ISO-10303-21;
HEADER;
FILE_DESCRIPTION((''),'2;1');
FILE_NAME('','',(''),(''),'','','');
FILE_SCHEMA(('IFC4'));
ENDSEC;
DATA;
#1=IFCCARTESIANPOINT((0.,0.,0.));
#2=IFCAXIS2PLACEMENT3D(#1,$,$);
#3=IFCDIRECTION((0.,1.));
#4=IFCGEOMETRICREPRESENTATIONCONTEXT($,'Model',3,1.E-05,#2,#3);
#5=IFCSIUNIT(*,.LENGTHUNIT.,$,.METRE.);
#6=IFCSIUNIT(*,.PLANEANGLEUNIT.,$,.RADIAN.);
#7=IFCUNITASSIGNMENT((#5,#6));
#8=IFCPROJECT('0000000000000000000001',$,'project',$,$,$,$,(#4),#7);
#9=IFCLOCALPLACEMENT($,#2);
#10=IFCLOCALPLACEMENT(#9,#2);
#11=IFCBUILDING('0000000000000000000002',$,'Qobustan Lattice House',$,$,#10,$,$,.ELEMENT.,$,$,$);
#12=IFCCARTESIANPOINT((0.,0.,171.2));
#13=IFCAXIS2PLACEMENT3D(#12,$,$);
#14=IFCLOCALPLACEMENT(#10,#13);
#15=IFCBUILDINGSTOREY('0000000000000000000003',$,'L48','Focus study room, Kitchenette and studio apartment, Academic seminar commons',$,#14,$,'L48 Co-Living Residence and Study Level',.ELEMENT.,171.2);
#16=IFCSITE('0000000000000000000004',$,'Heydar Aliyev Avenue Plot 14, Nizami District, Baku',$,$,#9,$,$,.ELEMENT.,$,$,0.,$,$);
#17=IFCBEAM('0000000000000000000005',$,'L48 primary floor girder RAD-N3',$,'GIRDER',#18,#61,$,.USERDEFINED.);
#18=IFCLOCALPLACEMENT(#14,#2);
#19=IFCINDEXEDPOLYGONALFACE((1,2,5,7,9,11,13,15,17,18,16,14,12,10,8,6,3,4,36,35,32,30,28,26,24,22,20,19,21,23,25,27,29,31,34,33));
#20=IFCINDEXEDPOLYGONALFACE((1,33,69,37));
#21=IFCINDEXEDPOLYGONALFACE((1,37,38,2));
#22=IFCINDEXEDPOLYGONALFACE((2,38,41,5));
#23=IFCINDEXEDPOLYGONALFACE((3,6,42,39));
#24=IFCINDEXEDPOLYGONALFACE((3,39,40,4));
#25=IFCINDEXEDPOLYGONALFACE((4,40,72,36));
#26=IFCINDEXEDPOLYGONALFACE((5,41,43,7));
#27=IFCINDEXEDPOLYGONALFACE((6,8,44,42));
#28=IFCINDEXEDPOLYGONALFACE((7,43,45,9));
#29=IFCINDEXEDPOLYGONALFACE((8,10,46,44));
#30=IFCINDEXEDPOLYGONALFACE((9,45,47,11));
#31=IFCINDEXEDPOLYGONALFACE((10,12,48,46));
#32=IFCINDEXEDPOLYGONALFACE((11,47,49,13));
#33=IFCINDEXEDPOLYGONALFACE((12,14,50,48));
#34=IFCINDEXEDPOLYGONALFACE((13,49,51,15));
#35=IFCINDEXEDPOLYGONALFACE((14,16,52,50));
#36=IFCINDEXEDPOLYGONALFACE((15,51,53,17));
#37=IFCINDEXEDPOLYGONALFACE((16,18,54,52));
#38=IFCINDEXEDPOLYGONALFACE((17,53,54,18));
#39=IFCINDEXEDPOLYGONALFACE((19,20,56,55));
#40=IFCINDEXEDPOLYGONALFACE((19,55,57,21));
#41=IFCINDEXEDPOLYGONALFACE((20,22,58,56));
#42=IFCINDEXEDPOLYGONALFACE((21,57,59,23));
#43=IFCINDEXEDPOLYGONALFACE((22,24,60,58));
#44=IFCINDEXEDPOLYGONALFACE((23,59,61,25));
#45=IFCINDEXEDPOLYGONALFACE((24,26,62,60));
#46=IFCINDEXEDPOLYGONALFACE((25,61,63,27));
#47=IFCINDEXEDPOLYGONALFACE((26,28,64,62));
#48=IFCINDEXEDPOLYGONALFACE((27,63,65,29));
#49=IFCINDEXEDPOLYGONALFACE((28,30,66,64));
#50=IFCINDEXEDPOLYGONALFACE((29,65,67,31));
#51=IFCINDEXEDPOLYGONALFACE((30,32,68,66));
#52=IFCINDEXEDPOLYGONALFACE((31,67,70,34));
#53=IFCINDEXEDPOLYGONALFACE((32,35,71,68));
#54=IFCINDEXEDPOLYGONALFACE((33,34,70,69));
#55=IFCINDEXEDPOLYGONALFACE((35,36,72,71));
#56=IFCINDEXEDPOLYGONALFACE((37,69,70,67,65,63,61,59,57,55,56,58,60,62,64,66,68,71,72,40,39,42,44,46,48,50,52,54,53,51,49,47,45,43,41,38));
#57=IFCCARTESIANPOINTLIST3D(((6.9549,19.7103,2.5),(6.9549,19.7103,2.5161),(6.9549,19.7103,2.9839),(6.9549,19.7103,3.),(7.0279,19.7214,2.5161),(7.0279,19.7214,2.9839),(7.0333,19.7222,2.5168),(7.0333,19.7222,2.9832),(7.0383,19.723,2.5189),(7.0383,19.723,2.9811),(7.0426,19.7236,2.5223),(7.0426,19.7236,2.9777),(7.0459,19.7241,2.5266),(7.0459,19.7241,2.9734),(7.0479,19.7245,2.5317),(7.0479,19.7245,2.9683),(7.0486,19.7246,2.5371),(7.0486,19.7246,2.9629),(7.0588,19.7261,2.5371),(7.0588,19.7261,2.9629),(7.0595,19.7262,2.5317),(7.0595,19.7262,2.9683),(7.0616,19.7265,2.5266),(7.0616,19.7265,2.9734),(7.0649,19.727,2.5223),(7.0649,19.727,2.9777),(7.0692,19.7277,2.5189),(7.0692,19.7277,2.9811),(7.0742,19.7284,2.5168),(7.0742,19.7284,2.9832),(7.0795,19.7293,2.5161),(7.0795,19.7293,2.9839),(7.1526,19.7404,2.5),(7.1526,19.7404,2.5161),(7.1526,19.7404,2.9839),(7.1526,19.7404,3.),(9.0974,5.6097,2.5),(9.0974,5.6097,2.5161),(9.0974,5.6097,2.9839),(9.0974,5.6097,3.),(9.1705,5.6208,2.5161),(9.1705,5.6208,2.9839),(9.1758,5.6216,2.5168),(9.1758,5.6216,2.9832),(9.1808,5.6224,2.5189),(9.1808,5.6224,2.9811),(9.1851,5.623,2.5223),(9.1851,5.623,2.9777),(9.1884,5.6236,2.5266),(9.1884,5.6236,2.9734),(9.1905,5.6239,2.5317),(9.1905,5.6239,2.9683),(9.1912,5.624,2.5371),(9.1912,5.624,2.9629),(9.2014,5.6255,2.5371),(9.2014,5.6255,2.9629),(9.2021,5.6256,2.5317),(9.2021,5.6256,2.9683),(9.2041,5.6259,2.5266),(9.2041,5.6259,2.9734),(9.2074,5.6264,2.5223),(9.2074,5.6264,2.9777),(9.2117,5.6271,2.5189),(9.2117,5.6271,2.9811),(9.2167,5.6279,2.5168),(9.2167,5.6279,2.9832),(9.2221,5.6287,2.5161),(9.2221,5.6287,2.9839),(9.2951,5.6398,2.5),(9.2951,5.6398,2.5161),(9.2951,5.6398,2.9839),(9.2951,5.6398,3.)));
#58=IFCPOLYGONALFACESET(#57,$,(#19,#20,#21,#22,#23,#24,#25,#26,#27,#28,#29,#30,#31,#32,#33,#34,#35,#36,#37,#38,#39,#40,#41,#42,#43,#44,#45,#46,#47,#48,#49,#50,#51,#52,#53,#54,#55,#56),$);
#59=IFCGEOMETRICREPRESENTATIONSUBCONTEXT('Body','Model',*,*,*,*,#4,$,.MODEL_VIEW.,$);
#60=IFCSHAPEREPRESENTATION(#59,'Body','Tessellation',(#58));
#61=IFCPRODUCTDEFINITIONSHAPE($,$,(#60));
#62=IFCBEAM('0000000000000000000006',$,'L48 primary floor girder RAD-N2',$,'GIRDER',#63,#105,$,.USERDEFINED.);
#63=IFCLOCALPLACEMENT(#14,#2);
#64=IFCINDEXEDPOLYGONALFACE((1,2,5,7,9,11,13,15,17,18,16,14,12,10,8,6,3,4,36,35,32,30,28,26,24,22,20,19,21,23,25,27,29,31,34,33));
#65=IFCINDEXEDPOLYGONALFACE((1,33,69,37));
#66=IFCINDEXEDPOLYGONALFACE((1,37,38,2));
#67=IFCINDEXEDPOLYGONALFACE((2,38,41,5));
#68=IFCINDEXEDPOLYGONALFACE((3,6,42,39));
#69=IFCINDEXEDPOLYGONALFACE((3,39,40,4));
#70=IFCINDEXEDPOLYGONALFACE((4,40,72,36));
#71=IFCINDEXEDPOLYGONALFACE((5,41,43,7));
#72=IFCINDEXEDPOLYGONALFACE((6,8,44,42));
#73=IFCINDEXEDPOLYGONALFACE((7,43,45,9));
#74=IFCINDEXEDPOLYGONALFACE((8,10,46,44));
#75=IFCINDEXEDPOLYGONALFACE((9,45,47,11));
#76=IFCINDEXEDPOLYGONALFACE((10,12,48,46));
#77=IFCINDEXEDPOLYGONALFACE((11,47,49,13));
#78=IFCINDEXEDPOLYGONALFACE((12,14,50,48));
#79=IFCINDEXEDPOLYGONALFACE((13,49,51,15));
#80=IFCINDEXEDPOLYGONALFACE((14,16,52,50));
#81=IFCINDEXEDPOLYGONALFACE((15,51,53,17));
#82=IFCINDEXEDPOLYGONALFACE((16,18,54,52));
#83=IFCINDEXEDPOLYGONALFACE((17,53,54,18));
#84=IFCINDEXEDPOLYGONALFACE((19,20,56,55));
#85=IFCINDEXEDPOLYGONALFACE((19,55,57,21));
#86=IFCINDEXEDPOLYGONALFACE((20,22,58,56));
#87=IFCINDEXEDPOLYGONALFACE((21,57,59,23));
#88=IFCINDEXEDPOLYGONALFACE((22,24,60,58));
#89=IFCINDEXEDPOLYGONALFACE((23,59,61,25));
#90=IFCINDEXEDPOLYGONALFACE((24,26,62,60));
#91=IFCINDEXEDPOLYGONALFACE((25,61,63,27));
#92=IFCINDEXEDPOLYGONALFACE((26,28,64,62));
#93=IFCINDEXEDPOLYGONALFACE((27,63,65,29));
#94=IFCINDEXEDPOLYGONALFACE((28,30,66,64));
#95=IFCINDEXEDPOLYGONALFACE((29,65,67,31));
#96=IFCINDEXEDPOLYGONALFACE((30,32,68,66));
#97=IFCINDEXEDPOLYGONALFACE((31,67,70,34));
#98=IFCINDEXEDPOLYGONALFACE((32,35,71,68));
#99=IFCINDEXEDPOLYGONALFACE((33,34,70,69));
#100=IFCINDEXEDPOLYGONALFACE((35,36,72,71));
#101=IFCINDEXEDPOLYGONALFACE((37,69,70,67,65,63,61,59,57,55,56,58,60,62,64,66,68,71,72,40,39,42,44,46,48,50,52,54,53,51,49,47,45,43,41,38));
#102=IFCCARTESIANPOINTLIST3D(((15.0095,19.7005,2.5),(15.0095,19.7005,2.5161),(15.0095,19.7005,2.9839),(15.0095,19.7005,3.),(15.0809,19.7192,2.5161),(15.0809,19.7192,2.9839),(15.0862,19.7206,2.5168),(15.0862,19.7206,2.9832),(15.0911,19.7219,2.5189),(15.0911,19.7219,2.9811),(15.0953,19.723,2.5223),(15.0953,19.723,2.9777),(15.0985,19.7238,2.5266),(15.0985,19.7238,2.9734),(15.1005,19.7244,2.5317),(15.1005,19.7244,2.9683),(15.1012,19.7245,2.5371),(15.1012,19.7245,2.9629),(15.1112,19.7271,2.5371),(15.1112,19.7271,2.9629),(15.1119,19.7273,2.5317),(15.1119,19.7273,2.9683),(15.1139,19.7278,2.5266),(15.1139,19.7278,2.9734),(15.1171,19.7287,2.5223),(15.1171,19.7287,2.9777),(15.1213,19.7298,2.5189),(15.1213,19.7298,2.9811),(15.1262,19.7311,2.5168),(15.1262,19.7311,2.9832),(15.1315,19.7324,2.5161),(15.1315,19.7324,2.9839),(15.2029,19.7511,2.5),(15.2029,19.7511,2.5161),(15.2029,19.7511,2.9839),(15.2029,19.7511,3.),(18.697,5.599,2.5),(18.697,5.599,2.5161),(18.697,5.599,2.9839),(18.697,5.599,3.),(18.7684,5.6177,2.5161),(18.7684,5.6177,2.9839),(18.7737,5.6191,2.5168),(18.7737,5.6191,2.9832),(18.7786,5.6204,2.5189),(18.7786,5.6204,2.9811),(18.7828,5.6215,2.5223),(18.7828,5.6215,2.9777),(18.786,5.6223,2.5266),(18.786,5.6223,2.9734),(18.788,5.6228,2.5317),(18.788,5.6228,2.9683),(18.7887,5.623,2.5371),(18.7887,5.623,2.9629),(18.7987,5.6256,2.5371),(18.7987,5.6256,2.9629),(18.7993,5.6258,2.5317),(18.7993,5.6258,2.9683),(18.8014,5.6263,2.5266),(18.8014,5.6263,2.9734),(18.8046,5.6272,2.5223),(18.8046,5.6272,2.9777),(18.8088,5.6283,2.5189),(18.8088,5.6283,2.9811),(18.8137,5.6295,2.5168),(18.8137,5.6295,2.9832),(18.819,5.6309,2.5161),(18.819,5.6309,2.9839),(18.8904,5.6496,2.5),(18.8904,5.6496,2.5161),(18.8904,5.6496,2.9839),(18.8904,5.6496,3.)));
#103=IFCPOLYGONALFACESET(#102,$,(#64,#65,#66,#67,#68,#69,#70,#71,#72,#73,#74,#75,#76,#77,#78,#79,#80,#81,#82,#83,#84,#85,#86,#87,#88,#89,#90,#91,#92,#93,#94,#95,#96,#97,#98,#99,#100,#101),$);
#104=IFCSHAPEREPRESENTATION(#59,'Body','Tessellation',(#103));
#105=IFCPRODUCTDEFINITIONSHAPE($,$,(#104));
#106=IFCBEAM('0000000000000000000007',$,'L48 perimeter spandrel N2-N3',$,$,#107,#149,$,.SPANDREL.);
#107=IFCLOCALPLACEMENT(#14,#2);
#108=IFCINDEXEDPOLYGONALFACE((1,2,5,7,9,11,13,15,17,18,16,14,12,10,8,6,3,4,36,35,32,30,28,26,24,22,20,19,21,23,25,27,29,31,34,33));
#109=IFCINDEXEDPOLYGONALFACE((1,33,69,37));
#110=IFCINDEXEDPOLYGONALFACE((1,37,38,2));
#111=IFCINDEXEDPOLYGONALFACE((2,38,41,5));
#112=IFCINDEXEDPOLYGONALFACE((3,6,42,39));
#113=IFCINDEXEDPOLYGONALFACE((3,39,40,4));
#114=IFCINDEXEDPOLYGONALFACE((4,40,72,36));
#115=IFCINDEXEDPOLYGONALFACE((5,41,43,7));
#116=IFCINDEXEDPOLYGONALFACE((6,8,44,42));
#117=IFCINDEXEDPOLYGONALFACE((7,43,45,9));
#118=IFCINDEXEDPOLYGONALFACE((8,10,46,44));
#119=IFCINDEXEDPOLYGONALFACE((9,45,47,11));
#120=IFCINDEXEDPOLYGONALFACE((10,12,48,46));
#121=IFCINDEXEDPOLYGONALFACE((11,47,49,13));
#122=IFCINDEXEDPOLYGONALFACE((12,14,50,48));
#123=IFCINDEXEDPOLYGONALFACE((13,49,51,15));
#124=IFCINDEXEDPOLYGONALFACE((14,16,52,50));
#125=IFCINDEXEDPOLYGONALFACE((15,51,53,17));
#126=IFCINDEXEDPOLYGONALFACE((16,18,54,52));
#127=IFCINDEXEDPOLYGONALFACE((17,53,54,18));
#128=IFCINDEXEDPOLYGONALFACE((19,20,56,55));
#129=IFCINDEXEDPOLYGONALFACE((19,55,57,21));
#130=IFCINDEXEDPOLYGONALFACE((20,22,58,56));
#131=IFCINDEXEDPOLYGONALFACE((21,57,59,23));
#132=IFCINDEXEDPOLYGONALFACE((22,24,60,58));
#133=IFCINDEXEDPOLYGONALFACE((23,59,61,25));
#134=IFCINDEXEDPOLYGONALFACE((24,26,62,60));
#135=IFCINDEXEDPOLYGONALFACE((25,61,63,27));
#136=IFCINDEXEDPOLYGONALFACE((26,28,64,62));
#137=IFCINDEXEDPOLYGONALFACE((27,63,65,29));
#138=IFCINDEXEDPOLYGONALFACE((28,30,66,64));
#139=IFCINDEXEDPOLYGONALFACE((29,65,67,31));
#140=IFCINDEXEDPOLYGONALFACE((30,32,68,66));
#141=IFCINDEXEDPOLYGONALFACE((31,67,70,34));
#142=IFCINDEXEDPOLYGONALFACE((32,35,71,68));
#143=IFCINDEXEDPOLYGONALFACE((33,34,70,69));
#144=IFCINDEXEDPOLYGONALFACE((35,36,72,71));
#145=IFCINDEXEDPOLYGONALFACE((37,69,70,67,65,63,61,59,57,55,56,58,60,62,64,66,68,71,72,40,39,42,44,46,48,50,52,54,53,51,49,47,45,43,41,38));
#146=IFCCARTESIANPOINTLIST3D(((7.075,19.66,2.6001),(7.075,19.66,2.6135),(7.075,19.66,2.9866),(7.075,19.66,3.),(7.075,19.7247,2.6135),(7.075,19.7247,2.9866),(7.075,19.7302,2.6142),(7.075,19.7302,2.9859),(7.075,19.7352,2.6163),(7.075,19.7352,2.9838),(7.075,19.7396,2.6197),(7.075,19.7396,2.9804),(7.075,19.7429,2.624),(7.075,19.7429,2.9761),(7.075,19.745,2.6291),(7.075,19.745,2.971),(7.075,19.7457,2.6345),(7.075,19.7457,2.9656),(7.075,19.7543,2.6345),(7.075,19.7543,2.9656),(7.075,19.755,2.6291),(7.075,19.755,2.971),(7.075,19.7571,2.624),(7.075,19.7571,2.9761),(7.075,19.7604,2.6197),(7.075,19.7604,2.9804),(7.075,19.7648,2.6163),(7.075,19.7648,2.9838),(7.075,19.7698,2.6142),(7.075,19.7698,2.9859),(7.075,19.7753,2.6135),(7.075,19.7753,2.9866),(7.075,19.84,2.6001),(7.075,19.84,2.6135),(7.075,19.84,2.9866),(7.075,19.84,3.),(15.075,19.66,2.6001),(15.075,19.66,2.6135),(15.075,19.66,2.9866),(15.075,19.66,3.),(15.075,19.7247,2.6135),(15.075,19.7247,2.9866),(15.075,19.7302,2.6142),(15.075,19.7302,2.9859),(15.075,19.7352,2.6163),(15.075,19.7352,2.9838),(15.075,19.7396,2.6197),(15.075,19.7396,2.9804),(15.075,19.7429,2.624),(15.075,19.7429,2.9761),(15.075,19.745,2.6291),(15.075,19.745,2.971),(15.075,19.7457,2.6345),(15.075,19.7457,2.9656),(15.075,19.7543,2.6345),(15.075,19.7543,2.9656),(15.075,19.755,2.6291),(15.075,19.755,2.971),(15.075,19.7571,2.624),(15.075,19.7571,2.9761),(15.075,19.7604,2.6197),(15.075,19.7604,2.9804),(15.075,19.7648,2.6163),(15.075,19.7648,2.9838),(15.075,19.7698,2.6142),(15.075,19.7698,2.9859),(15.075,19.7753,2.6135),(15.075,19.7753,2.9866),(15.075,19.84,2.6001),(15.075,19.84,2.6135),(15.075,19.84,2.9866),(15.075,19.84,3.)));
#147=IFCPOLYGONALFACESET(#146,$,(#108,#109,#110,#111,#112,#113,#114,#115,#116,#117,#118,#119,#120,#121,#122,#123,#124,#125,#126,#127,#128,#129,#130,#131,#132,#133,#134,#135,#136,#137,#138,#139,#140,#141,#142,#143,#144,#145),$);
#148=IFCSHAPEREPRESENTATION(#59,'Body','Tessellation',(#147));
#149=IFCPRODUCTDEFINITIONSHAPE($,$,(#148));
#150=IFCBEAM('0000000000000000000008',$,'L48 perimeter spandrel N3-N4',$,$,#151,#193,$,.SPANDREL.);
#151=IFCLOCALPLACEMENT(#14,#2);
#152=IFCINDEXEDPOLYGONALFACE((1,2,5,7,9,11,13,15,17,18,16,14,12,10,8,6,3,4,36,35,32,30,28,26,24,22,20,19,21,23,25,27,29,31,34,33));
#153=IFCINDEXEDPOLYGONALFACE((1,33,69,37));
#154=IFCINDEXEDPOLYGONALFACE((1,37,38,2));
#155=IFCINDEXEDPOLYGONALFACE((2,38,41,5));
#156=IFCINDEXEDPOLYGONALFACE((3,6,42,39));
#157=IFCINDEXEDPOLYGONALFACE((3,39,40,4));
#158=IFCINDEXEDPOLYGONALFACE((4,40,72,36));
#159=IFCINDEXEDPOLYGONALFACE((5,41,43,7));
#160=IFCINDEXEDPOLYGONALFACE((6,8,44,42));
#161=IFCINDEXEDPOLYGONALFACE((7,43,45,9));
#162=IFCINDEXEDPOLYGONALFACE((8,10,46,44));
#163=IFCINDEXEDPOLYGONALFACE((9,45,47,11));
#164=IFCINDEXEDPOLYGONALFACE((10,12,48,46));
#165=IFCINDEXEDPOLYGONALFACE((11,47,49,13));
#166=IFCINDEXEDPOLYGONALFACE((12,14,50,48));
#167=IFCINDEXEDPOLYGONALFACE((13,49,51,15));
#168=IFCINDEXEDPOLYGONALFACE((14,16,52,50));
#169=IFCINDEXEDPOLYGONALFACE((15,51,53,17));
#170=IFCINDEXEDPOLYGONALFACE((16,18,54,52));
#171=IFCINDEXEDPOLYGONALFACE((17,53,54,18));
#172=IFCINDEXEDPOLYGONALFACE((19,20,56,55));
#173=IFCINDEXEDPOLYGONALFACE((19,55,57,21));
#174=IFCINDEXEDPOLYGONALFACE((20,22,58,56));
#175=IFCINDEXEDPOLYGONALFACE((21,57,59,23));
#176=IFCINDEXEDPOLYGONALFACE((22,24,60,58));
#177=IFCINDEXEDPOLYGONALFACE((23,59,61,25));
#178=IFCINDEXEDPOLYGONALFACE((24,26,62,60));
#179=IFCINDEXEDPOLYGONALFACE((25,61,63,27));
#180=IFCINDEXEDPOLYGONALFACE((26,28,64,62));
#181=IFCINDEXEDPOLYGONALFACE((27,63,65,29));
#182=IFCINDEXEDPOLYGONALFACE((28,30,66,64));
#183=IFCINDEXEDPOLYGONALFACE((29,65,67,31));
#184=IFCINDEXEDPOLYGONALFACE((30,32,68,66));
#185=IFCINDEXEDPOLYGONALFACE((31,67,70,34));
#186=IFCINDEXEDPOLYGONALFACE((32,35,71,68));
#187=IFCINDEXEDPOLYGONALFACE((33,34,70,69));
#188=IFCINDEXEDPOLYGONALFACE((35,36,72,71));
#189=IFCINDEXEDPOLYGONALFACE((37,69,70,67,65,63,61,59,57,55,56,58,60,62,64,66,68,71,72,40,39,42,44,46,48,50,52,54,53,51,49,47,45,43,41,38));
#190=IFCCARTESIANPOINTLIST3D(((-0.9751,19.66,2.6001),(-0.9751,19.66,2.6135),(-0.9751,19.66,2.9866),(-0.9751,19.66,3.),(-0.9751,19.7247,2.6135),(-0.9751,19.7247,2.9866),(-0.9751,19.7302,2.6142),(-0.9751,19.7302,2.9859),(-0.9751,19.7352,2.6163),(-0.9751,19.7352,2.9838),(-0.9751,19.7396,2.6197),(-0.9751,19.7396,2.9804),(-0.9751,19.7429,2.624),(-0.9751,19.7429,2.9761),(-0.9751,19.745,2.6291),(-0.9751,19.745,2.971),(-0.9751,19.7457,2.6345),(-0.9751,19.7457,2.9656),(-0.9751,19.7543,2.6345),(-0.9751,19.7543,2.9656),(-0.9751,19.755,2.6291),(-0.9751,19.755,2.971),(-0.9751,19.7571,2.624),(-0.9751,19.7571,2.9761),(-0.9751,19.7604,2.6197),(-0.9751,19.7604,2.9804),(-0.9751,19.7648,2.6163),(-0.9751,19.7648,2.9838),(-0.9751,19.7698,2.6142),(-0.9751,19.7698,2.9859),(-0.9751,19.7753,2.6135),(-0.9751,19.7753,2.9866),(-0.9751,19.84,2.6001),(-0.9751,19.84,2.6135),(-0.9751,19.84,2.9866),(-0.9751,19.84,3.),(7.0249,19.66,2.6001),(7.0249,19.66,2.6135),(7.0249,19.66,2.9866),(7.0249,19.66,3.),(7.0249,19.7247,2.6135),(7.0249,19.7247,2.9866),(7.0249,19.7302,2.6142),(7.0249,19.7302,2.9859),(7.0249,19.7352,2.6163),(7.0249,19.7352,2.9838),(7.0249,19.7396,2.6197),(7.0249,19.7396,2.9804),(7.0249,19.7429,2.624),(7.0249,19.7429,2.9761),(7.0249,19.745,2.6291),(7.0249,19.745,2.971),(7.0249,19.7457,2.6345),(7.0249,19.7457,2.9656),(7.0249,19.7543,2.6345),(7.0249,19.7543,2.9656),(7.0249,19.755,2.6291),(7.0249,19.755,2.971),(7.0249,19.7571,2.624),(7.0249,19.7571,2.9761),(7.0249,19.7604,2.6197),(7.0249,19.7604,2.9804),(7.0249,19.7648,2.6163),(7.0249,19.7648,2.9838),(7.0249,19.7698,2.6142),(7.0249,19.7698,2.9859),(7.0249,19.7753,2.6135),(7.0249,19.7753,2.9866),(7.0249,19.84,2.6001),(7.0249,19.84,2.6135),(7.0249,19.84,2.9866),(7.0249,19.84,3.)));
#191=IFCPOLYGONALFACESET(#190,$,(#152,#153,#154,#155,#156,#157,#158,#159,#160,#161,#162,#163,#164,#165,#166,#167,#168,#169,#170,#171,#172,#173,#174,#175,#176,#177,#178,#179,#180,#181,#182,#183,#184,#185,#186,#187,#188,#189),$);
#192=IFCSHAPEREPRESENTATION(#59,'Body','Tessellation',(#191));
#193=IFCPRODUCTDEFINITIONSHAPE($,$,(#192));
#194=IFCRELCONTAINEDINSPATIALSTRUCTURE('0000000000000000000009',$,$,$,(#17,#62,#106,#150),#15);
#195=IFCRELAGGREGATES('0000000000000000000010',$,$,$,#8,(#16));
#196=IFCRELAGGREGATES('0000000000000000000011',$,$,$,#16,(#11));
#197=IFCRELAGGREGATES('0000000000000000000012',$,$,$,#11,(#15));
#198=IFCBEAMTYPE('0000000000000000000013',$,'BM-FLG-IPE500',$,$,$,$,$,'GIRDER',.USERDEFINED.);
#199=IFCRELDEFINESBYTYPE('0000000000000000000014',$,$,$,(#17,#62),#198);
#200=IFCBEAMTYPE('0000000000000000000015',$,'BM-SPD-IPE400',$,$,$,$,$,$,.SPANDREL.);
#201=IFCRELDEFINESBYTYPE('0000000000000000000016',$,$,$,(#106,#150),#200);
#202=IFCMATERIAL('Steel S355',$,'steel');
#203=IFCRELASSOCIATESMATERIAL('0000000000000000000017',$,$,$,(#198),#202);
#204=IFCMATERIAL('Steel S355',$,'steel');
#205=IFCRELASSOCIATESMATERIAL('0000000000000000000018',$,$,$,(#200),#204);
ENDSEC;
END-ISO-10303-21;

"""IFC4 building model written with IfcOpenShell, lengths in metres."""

from ifc_helpers import new_model, si_unit, direction, frame, origin, origin_2d, place, context, subcontext, project, spatial, i_section, extrude, material, material_profile, profile_set, type_object, element, save


model = new_model("IFC4")

# Units and contexts
model_context = context("Model", 3, precision=1e-05, world=origin(), true_north=direction((0.0, 1.0)))
body_context = subcontext(model_context, "Body", "Model", "MODEL_VIEW")
ifc_project = project(units=[si_unit("LENGTHUNIT", "METRE"), si_unit("PLANEANGLEUNIT", "RADIAN")], contexts=[model_context])

# Site, building, storey
site_placement = place(None, origin())
site = spatial("IfcSite", under=ifc_project, at=site_placement, Name="Heydar Aliyev Avenue Plot 14, Nizami District, Baku", CompositionType="ELEMENT", RefElevation=0.0)
building_placement = place(site_placement, origin())
building = spatial("IfcBuilding", under=site, at=building_placement, Name="Qobustan Lattice House", CompositionType="ELEMENT")
storey_placement = place(building_placement, frame((0.0, 0.0, 171.2)))
storey = spatial("IfcBuildingStorey", under=building, at=storey_placement, Name="L48", Description="Focus study room, Kitchenette and studio apartment, Academic seminar commons", LongName="L48 Co-Living Residence and Study Level", CompositionType="ELEMENT", Elevation=171.2)

# Beams
ifc_material_1 = material(Name="Steel S355", Category="steel")
ifc_material_profile_1 = material_profile(ifc_material_1, i_section(OverallWidth=0.2, OverallDepth=0.5, WebThickness=0.0103, FlangeThickness=0.0161, FilletRadius=0.021, at=origin_2d()), Name="IPE500")
ifc_profile_set_1 = profile_set([ifc_material_profile_1], Name="Steel S355")
beam_type_1 = type_object("IfcBeamType", Name="BM-FLG-IPE500", ElementType="GIRDER", PredefinedType="USERDEFINED", material=ifc_profile_set_1)
beam_1_placement = place(storey_placement, frame((7.0537, 19.7253, 2.75), z_axis=(0.150225, -0.988652, 0.0), x_axis=(0.988652, 0.150225, 0.0)))
element("IfcBeam", 1, at=beam_1_placement, inside=storey, type_object=beam_type_1, Name="L48 primary floor girder RAD-N3", ObjectType="GIRDER", PredefinedType="USERDEFINED", context=body_context, shape_type="SweptSolid", body=[
    extrude(i_section(OverallWidth=0.2, OverallDepth=0.5, WebThickness=0.0103, FlangeThickness=0.0161, FilletRadius=0.021, at=origin_2d()), origin(), (0.0, 0.0, 1.0), 14.2625),
])
beam_2_placement = place(storey_placement, frame((15.1062, 19.7258, 2.75), z_axis=(0.252989, -0.967469, 0.0), x_axis=(0.967469, 0.252989, 0.0)))
element("IfcBeam", 2, at=beam_2_placement, inside=storey, type_object=beam_type_1, Name="L48 primary floor girder RAD-N2", ObjectType="GIRDER", PredefinedType="USERDEFINED", context=body_context, shape_type="SweptSolid", body=[
    extrude(i_section(OverallWidth=0.2, OverallDepth=0.5, WebThickness=0.0103, FlangeThickness=0.0161, FilletRadius=0.021, at=origin_2d()), origin(), (0.0, 0.0, 1.0), 14.5757),
])
ifc_material_2 = material(Name="Steel S355", Category="steel")
ifc_material_profile_2 = material_profile(ifc_material_2, i_section(OverallWidth=0.1799, OverallDepth=0.3999, WebThickness=0.0085, FlangeThickness=0.0134, FilletRadius=0.021, at=origin_2d()), Name="IPE400")
ifc_profile_set_2 = profile_set([ifc_material_profile_2], Name="Steel S355")
beam_type_2 = type_object("IfcBeamType", Name="BM-SPD-IPE400", PredefinedType="SPANDREL", material=ifc_profile_set_2)
for number, where, z_axis, x_axis, name in (
    (3, (15.075, 19.75, 2.8), (-1.0, 0.0, 0.0), (0.0, -1.0, 0.0), "L48 perimeter spandrel N2-N3"),
    (4, (7.0249, 19.75, 2.8), (-1.0, 0.0, 0.0), (0.0, -1.0, 0.0), "L48 perimeter spandrel N3-N4"),
):
    element("IfcBeam", number, at=place(storey_placement, frame(where, z_axis=z_axis, x_axis=x_axis)), inside=storey, type_object=beam_type_2, Name=name, PredefinedType="SPANDREL", context=body_context, shape_type="SweptSolid", body=[
        extrude(i_section(OverallWidth=0.1799, OverallDepth=0.3999, WebThickness=0.0085, FlangeThickness=0.0134, FilletRadius=0.021, at=origin_2d()), origin(), (0.0, 0.0, 1.0), 8.0),
    ])

save(model, "model.ifc")
